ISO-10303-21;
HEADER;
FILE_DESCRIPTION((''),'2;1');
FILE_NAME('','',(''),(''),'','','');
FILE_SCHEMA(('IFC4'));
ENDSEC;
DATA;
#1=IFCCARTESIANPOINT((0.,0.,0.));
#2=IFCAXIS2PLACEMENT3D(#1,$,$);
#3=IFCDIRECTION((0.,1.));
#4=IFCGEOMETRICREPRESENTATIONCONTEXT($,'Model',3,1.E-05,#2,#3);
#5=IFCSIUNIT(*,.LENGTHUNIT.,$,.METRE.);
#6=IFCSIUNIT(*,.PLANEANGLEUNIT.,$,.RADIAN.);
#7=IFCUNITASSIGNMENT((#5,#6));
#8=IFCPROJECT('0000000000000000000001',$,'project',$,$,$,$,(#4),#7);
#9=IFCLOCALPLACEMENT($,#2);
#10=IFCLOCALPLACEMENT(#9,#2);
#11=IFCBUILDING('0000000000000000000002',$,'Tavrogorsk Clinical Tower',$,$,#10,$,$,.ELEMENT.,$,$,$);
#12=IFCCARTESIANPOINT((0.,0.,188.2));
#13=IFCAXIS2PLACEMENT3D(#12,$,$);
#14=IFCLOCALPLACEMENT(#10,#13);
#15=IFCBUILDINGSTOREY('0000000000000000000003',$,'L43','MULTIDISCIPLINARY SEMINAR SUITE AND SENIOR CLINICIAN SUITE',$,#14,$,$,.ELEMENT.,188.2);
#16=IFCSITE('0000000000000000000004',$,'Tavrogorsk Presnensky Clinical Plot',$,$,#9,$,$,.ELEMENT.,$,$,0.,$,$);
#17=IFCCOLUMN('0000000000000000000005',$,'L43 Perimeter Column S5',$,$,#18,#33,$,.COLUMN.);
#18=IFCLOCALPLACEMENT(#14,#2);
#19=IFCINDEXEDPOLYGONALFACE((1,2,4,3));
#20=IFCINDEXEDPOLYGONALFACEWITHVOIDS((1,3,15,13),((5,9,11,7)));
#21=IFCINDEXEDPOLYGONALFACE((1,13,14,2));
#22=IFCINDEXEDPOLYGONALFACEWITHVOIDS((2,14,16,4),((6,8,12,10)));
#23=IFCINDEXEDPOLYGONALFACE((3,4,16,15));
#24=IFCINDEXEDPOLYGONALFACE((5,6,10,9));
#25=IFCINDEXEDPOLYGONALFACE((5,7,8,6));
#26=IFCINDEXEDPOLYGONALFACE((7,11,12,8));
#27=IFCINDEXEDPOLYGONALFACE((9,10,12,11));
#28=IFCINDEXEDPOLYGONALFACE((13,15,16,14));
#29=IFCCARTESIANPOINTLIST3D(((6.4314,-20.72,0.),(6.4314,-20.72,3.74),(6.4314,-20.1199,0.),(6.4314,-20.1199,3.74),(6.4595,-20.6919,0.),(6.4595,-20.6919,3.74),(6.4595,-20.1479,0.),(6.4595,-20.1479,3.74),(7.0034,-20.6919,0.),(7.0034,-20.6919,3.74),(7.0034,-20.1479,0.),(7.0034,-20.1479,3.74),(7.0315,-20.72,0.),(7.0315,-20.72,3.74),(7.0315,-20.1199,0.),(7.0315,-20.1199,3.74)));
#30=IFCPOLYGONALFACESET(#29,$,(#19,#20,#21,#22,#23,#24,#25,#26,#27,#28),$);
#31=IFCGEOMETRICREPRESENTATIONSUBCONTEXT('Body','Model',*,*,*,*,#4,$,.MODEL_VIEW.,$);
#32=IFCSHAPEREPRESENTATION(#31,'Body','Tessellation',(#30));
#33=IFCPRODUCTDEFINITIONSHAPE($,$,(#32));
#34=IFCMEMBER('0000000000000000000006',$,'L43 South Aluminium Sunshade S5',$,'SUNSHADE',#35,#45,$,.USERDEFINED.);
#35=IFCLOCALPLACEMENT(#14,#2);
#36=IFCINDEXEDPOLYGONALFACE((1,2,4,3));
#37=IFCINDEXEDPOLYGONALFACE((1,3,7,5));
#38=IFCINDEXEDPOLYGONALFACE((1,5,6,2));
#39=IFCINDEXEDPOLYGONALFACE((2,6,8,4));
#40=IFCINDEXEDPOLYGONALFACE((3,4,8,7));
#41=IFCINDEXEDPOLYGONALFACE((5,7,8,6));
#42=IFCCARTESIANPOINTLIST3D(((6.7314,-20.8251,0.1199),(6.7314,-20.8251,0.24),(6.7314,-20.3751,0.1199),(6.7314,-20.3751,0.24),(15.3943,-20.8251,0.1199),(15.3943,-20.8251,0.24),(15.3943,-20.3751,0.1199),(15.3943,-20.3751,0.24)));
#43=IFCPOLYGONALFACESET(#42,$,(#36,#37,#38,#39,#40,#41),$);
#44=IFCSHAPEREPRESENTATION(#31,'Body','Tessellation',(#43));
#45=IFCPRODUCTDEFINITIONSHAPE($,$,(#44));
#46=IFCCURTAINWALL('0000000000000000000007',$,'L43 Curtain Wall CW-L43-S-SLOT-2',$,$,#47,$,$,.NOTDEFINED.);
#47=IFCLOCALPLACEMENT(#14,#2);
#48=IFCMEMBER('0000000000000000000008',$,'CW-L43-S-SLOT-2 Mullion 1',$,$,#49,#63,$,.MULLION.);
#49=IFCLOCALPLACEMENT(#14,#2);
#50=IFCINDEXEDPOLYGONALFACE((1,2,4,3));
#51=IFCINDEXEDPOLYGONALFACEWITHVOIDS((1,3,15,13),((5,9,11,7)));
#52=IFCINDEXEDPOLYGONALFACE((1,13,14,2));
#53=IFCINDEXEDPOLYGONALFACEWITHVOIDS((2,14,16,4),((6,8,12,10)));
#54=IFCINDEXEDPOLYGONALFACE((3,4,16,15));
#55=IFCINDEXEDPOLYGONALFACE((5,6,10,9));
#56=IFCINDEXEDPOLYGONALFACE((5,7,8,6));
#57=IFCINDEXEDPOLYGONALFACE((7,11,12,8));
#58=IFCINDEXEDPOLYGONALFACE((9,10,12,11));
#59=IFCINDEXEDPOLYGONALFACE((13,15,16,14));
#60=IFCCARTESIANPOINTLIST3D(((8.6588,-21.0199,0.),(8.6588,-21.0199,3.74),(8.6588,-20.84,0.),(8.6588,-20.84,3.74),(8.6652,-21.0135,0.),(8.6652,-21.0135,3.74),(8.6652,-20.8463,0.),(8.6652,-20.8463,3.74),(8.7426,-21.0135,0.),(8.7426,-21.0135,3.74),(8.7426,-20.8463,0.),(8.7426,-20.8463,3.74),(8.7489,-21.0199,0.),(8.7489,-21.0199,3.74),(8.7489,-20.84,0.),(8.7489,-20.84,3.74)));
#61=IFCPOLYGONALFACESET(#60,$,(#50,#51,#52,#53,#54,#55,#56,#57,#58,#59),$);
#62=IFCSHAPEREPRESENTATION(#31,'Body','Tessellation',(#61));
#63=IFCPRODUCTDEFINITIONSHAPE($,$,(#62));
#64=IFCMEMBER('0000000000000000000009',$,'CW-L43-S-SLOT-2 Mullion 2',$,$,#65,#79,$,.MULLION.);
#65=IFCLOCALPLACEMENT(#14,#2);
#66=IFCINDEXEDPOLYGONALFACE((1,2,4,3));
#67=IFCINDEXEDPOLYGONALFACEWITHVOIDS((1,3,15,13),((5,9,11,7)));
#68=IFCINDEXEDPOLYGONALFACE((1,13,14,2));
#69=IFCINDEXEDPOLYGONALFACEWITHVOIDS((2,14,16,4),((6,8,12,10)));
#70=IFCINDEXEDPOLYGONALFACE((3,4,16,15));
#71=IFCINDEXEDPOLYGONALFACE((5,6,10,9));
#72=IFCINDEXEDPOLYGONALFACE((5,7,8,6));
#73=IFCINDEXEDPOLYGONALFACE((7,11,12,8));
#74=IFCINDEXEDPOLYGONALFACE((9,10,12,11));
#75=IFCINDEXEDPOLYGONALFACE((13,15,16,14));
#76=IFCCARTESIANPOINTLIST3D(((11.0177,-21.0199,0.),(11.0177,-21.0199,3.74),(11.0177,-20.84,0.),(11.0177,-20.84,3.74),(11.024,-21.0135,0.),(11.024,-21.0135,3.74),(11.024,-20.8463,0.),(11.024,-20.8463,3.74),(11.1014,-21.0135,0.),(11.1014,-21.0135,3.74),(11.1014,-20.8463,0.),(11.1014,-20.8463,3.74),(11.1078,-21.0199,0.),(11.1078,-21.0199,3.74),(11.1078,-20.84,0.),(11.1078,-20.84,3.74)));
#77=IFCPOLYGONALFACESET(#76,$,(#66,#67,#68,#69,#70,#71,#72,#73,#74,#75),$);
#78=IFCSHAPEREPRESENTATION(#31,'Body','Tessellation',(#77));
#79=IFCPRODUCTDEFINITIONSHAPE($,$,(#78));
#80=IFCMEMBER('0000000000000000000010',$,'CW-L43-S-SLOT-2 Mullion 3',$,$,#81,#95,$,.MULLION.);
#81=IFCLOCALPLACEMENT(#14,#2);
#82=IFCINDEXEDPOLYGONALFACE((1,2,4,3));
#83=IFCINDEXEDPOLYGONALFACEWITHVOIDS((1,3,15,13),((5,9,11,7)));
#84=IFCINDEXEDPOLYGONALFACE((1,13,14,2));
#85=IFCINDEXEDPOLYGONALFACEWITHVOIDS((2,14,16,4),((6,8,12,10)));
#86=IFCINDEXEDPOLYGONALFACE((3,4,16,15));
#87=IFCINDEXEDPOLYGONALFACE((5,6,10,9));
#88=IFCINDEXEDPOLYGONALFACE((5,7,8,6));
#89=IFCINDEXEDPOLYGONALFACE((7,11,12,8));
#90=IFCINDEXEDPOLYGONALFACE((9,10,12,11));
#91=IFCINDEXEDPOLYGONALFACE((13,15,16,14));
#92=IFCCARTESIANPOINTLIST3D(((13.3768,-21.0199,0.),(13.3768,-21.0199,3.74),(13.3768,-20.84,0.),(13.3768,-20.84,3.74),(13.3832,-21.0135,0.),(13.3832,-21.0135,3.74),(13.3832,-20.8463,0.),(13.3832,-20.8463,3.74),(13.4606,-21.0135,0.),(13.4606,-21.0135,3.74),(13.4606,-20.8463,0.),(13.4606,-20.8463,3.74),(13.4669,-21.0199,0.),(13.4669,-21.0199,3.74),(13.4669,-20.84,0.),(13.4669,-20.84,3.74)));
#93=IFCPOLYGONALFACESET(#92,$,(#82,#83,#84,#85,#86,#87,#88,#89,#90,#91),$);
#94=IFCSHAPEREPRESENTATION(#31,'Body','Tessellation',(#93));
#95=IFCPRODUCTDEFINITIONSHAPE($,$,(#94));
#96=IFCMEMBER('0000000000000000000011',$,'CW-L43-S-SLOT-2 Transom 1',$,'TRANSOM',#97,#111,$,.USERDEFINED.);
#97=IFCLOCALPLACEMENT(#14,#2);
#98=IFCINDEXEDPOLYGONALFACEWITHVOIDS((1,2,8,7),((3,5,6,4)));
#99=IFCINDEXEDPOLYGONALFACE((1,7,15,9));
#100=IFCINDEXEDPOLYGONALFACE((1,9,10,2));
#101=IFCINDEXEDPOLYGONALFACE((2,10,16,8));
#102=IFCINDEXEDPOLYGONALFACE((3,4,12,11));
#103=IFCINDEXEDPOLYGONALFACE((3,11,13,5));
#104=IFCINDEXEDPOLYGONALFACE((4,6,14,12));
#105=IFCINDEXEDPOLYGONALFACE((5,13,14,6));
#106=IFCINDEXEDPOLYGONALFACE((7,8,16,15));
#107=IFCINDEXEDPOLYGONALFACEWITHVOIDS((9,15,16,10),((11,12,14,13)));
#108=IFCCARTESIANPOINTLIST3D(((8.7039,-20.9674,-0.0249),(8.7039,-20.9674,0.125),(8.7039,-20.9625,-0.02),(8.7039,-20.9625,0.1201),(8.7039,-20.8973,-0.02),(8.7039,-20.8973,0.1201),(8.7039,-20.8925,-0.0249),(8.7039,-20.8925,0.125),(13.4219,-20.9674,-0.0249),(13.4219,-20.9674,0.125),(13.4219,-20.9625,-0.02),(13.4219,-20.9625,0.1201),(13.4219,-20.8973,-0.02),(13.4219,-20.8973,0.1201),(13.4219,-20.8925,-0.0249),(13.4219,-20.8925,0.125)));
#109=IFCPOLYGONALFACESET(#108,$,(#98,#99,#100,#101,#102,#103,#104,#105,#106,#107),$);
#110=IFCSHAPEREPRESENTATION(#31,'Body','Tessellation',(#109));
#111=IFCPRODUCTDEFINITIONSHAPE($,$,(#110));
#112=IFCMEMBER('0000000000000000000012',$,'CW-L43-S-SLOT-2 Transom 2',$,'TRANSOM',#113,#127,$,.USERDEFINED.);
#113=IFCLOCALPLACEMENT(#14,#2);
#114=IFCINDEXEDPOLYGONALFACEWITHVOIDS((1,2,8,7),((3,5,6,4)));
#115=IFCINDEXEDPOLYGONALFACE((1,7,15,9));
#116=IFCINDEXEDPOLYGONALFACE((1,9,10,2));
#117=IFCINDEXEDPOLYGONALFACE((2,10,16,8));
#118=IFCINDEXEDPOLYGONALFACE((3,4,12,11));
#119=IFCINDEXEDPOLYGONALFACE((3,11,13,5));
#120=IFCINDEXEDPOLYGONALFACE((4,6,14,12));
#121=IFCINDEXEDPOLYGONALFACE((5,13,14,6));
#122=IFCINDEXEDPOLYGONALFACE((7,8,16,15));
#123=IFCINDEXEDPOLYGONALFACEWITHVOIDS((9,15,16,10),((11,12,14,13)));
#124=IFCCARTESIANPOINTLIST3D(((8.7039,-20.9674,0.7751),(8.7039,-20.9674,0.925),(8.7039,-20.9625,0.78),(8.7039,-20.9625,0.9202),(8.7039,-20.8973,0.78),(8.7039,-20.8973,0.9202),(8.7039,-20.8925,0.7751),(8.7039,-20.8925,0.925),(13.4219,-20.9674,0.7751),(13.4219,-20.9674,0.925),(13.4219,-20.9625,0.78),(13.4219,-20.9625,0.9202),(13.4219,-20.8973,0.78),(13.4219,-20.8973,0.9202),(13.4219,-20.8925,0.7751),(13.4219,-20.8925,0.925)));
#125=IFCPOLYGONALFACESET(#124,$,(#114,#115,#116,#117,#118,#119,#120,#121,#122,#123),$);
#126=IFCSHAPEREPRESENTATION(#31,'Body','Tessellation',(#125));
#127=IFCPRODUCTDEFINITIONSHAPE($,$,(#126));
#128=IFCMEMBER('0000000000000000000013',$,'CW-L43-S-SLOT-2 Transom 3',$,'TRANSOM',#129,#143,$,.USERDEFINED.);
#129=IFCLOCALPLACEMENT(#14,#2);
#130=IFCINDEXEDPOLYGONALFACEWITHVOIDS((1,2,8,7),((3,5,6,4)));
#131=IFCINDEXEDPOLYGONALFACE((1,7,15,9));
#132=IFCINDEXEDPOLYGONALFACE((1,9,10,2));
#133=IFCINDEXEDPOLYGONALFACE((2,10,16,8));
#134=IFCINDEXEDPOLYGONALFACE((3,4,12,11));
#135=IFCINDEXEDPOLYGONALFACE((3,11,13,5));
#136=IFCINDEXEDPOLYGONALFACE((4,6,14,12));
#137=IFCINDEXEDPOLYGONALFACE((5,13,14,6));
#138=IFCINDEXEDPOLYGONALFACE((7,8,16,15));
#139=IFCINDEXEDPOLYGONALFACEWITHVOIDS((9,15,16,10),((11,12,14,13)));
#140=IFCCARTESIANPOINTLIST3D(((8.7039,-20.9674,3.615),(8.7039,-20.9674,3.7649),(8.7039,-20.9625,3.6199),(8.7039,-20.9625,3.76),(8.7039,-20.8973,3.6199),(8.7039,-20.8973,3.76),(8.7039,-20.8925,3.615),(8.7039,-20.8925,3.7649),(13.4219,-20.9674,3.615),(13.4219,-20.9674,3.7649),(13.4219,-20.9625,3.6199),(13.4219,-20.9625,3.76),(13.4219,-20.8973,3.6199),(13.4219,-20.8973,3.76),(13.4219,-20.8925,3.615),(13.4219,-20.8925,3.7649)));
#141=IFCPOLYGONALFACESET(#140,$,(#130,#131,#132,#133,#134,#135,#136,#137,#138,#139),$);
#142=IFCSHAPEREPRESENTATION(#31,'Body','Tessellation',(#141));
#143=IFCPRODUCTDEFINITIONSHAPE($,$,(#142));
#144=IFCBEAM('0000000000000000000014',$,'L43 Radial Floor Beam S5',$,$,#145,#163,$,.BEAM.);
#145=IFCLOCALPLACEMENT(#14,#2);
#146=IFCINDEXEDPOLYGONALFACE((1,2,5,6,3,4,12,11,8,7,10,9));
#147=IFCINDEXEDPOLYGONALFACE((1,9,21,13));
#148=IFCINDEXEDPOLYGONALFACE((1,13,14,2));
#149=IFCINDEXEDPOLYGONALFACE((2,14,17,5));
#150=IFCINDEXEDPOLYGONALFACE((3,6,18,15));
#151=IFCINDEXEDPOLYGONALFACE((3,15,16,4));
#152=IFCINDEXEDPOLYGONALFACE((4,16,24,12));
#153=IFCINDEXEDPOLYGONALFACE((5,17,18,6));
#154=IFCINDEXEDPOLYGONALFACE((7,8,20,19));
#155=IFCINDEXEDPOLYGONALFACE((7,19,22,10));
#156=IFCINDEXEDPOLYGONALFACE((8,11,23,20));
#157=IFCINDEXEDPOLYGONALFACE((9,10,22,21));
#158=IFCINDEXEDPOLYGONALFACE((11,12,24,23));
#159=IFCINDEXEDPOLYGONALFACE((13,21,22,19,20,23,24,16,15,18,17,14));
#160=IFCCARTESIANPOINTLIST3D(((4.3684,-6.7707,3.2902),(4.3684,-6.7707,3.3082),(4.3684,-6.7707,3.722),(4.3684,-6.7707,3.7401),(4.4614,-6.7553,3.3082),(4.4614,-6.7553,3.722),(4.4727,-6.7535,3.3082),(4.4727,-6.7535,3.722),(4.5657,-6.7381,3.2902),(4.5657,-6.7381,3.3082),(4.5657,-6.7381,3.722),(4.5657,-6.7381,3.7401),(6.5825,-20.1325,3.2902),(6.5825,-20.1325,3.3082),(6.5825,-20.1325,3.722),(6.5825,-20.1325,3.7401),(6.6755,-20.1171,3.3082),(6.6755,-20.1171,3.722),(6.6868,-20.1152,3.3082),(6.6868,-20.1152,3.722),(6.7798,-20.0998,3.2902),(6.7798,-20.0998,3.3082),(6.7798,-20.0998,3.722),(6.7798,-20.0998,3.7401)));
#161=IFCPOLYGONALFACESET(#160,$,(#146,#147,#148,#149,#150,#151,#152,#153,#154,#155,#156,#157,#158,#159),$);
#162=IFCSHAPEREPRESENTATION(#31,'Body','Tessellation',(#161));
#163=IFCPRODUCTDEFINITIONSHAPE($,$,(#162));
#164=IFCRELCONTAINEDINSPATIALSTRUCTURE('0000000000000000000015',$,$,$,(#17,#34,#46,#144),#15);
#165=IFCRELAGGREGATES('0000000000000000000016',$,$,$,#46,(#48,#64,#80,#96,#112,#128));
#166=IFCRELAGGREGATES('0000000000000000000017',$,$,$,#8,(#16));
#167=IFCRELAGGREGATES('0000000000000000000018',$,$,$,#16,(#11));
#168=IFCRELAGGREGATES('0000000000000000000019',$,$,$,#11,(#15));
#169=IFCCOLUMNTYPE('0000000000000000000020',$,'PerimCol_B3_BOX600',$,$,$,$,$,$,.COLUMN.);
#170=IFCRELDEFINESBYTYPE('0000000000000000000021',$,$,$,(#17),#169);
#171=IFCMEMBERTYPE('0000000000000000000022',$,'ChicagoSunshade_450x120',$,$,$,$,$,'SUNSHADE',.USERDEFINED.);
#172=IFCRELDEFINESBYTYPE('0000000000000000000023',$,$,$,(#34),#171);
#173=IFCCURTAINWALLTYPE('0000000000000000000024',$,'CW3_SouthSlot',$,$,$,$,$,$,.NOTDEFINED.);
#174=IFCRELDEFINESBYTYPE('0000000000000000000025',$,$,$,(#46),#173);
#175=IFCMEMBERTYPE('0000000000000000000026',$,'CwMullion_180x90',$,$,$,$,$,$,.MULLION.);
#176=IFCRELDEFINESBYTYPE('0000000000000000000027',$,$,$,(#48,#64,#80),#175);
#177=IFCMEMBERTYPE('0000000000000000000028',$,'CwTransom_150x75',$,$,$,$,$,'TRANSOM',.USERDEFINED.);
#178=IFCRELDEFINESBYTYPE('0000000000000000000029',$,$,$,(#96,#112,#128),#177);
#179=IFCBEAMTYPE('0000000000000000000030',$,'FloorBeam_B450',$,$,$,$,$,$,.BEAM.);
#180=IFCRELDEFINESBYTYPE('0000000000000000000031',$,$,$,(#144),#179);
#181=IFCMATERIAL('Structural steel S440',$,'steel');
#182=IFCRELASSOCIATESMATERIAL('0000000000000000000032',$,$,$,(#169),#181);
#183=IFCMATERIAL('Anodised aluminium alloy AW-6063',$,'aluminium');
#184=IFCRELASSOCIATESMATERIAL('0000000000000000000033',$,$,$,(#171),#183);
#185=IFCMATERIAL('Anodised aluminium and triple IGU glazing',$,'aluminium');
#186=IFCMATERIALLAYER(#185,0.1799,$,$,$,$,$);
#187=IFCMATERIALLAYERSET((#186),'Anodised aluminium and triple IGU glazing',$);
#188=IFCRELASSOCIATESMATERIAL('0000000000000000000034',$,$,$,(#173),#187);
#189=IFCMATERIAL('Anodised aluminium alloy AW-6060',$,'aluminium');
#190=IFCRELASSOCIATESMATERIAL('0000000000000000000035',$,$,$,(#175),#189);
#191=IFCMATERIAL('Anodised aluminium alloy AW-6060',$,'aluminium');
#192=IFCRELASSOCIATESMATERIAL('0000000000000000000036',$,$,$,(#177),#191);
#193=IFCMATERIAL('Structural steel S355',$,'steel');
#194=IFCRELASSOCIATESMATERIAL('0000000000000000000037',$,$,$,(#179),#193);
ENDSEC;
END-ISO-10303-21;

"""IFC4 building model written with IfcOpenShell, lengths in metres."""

from ifc_helpers import new_model, si_unit, direction, frame, origin, origin_2d, place, context, subcontext, project, spatial, rectangle, hollow_rectangle, i_section, extrude, material, layer, layer_set, material_profile, profile_set, type_object, element, aggregate, save


model = new_model("IFC4")

# Units and contexts
model_context = context("Model", 3, precision=1e-05, world=origin(), true_north=direction((0.0, 1.0)))
body_context = subcontext(model_context, "Body", "Model", "MODEL_VIEW")
ifc_project = project(units=[si_unit("LENGTHUNIT", "METRE"), si_unit("PLANEANGLEUNIT", "RADIAN")], contexts=[model_context])

# Site, building, storey
site_placement = place(None, origin())
site = spatial("IfcSite", under=ifc_project, at=site_placement, Name="Tavrogorsk Presnensky Clinical Plot", CompositionType="ELEMENT", RefElevation=0.0)
building_placement = place(site_placement, origin())
building = spatial("IfcBuilding", under=site, at=building_placement, Name="Tavrogorsk Clinical Tower", CompositionType="ELEMENT")
storey_placement = place(building_placement, frame((0.0, 0.0, 188.2)))
storey = spatial("IfcBuildingStorey", under=building, at=storey_placement, Name="L43", Description="MULTIDISCIPLINARY SEMINAR SUITE AND SENIOR CLINICIAN SUITE", CompositionType="ELEMENT", Elevation=188.2)

# Column
ifc_material_1 = material(Name="Structural steel S440", Category="steel")
ifc_material_profile_1 = material_profile(ifc_material_1, hollow_rectangle(XDim=0.6001, YDim=0.6001, WallThickness=0.0281, at=origin_2d()), Name="BOX-600x600x28")
ifc_profile_set_1 = profile_set([ifc_material_profile_1], Name="Structural steel S440")
column_type = type_object("IfcColumnType", Name="PerimCol_B3_BOX600", PredefinedType="COLUMN", material=ifc_profile_set_1)
column_placement = place(storey_placement, frame((6.7314, -20.4199, 0.0), z_axis=(0.0, 0.0, 1.0), x_axis=(1.0, 0.0, 0.0)))
element("IfcColumn", 1, at=column_placement, inside=storey, type_object=column_type, Name="L43 Perimeter Column S5", PredefinedType="COLUMN", context=body_context, shape_type="SweptSolid", body=[
    extrude(hollow_rectangle(XDim=0.6001, YDim=0.6001, WallThickness=0.0281, at=origin_2d()), origin(), (0.0, 0.0, 1.0), 3.74),
])

# Member
ifc_material_2 = material(Name="Anodised aluminium alloy AW-6063", Category="aluminium")
ifc_material_profile_2 = material_profile(ifc_material_2, rectangle(XDim=0.45, YDim=0.1201, at=origin_2d()), Name="ALU-SUNSHADE-450x120")
ifc_profile_set_2 = profile_set([ifc_material_profile_2], Name="Anodised aluminium alloy AW-6063")
member_type_1 = type_object("IfcMemberType", Name="ChicagoSunshade_450x120", ElementType="SUNSHADE", PredefinedType="USERDEFINED", material=ifc_profile_set_2)
member_1_placement = place(storey_placement, frame((6.7314, -20.6001, 0.1799), z_axis=(1.0, 0.0, 0.0), x_axis=(0.0, 1.0, 0.0)))
element("IfcMember", 2, at=member_1_placement, inside=storey, type_object=member_type_1, Name="L43 South Aluminium Sunshade S5", ObjectType="SUNSHADE", PredefinedType="USERDEFINED", context=body_context, shape_type="SweptSolid", body=[
    extrude(rectangle(XDim=0.45, YDim=0.1201, at=origin_2d()), origin(), (0.0, 0.0, 1.0), 8.6628),
])

# Curtain wall, members
ifc_material_3 = material(Name="Anodised aluminium and triple IGU glazing", Category="aluminium")
ifc_layer_1 = layer(ifc_material_3, 0.1799)
ifc_layer_set_1 = layer_set([ifc_layer_1], Name="Anodised aluminium and triple IGU glazing")
curtain_wall_type = type_object("IfcCurtainWallType", Name="CW3_SouthSlot", PredefinedType="NOTDEFINED", material=ifc_layer_set_1)
curtain_wall_placement = place(storey_placement, origin())
curtain_wall = element("IfcCurtainWall", 3, at=curtain_wall_placement, inside=storey, type_object=curtain_wall_type, Name="L43 Curtain Wall CW-L43-S-SLOT-2", PredefinedType="NOTDEFINED")
ifc_material_4 = material(Name="Anodised aluminium alloy AW-6060", Category="aluminium")
ifc_material_profile_3 = material_profile(ifc_material_4, hollow_rectangle(XDim=0.0901, YDim=0.1799, WallThickness=0.0063, at=origin_2d()), Name="RHS-180x90x6.3")
ifc_profile_set_3 = profile_set([ifc_material_profile_3], Name="Anodised aluminium alloy AW-6060")
member_type_2 = type_object("IfcMemberType", Name="CwMullion_180x90", PredefinedType="MULLION", material=ifc_profile_set_3)
member_2_placement = place(storey_placement, frame((8.7039, -20.9299, 0.0), z_axis=(0.0, 0.0, 1.0), x_axis=(1.0, 0.0, 0.0)))
member_2 = element("IfcMember", 4, at=member_2_placement, type_object=member_type_2, Name="CW-L43-S-SLOT-2 Mullion 1", PredefinedType="MULLION", context=body_context, shape_type="SweptSolid", body=[
    extrude(hollow_rectangle(XDim=0.0901, YDim=0.1799, WallThickness=0.0063, at=origin_2d()), origin(), (0.0, 0.0, 1.0), 3.74),
])
member_3_placement = place(storey_placement, frame((11.0627, -20.9299, 0.0), z_axis=(0.0, 0.0, 1.0), x_axis=(1.0, 0.0, 0.0)))
member_3 = element("IfcMember", 5, at=member_3_placement, type_object=member_type_2, Name="CW-L43-S-SLOT-2 Mullion 2", PredefinedType="MULLION", context=body_context, shape_type="SweptSolid", body=[
    extrude(hollow_rectangle(XDim=0.0901, YDim=0.1799, WallThickness=0.0063, at=origin_2d()), origin(), (0.0, 0.0, 1.0), 3.74),
])
member_4_placement = place(storey_placement, frame((13.4219, -20.9299, 0.0), z_axis=(0.0, 0.0, 1.0), x_axis=(1.0, 0.0, 0.0)))
member_4 = element("IfcMember", 6, at=member_4_placement, type_object=member_type_2, Name="CW-L43-S-SLOT-2 Mullion 3", PredefinedType="MULLION", context=body_context, shape_type="SweptSolid", body=[
    extrude(hollow_rectangle(XDim=0.0901, YDim=0.1799, WallThickness=0.0063, at=origin_2d()), origin(), (0.0, 0.0, 1.0), 3.74),
])
ifc_material_5 = material(Name="Anodised aluminium alloy AW-6060", Category="aluminium")
ifc_material_profile_4 = material_profile(ifc_material_5, hollow_rectangle(XDim=0.075, YDim=0.1499, WallThickness=0.0049, at=origin_2d()), Name="RHS-150x75x5")
ifc_profile_set_4 = profile_set([ifc_material_profile_4], Name="Anodised aluminium alloy AW-6060")
member_type_3 = type_object("IfcMemberType", Name="CwTransom_150x75", ElementType="TRANSOM", PredefinedType="USERDEFINED", material=ifc_profile_set_4)
member_5_placement = place(storey_placement, frame((8.7039, -20.9299, 0.05), z_axis=(1.0, 0.0, 0.0), x_axis=(0.0, 1.0, 0.0)))
member_5 = element("IfcMember", 7, at=member_5_placement, type_object=member_type_3, Name="CW-L43-S-SLOT-2 Transom 1", ObjectType="TRANSOM", PredefinedType="USERDEFINED", context=body_context, shape_type="SweptSolid", body=[
    extrude(hollow_rectangle(XDim=0.075, YDim=0.1499, WallThickness=0.0049, at=origin_2d()), origin(), (0.0, 0.0, 1.0), 4.718),
])
member_6_placement = place(storey_placement, frame((8.7039, -20.9299, 0.8501), z_axis=(1.0, 0.0, 0.0), x_axis=(0.0, 1.0, 0.0)))
member_6 = element("IfcMember", 8, at=member_6_placement, type_object=member_type_3, Name="CW-L43-S-SLOT-2 Transom 2", ObjectType="TRANSOM", PredefinedType="USERDEFINED", context=body_context, shape_type="SweptSolid", body=[
    extrude(hollow_rectangle(XDim=0.075, YDim=0.1499, WallThickness=0.0049, at=origin_2d()), origin(), (0.0, 0.0, 1.0), 4.718),
])
member_7_placement = place(storey_placement, frame((8.7039, -20.9299, 3.6899), z_axis=(1.0, 0.0, 0.0), x_axis=(0.0, 1.0, 0.0)))
member_7 = element("IfcMember", 9, at=member_7_placement, type_object=member_type_3, Name="CW-L43-S-SLOT-2 Transom 3", ObjectType="TRANSOM", PredefinedType="USERDEFINED", context=body_context, shape_type="SweptSolid", body=[
    extrude(hollow_rectangle(XDim=0.075, YDim=0.1499, WallThickness=0.0049, at=origin_2d()), origin(), (0.0, 0.0, 1.0), 4.718),
])

# Beam
ifc_material_6 = material(Name="Structural steel S355", Category="steel")
ifc_material_profile_5 = material_profile(ifc_material_6, i_section(OverallWidth=0.2, OverallDepth=0.45, WebThickness=0.0115, FlangeThickness=0.0181, at=origin_2d()), Name="B-450x200x11.5x18")
ifc_profile_set_5 = profile_set([ifc_material_profile_5], Name="Structural steel S355")
beam_type_1 = type_object("IfcBeamType", Name="FloorBeam_B450", PredefinedType="BEAM", material=ifc_profile_set_5)
beam_1_placement = place(storey_placement, frame((4.467, -6.7544, 3.5151), z_axis=(0.163475, -0.986547, 0.0), x_axis=(0.986547, 0.163475, 0.0)))
element("IfcBeam", 10, at=beam_1_placement, inside=storey, type_object=beam_type_1, Name="L43 Radial Floor Beam S5", PredefinedType="BEAM", context=body_context, shape_type="SweptSolid", body=[
    extrude(i_section(OverallWidth=0.2, OverallDepth=0.45, WebThickness=0.0115, FlangeThickness=0.0181, at=origin_2d()), origin(), (0.0, 0.0, 1.0), 13.5439),
])

aggregate(curtain_wall, [member_2, member_3, member_4, member_5, member_6, member_7])

save(model, "model.ifc")
